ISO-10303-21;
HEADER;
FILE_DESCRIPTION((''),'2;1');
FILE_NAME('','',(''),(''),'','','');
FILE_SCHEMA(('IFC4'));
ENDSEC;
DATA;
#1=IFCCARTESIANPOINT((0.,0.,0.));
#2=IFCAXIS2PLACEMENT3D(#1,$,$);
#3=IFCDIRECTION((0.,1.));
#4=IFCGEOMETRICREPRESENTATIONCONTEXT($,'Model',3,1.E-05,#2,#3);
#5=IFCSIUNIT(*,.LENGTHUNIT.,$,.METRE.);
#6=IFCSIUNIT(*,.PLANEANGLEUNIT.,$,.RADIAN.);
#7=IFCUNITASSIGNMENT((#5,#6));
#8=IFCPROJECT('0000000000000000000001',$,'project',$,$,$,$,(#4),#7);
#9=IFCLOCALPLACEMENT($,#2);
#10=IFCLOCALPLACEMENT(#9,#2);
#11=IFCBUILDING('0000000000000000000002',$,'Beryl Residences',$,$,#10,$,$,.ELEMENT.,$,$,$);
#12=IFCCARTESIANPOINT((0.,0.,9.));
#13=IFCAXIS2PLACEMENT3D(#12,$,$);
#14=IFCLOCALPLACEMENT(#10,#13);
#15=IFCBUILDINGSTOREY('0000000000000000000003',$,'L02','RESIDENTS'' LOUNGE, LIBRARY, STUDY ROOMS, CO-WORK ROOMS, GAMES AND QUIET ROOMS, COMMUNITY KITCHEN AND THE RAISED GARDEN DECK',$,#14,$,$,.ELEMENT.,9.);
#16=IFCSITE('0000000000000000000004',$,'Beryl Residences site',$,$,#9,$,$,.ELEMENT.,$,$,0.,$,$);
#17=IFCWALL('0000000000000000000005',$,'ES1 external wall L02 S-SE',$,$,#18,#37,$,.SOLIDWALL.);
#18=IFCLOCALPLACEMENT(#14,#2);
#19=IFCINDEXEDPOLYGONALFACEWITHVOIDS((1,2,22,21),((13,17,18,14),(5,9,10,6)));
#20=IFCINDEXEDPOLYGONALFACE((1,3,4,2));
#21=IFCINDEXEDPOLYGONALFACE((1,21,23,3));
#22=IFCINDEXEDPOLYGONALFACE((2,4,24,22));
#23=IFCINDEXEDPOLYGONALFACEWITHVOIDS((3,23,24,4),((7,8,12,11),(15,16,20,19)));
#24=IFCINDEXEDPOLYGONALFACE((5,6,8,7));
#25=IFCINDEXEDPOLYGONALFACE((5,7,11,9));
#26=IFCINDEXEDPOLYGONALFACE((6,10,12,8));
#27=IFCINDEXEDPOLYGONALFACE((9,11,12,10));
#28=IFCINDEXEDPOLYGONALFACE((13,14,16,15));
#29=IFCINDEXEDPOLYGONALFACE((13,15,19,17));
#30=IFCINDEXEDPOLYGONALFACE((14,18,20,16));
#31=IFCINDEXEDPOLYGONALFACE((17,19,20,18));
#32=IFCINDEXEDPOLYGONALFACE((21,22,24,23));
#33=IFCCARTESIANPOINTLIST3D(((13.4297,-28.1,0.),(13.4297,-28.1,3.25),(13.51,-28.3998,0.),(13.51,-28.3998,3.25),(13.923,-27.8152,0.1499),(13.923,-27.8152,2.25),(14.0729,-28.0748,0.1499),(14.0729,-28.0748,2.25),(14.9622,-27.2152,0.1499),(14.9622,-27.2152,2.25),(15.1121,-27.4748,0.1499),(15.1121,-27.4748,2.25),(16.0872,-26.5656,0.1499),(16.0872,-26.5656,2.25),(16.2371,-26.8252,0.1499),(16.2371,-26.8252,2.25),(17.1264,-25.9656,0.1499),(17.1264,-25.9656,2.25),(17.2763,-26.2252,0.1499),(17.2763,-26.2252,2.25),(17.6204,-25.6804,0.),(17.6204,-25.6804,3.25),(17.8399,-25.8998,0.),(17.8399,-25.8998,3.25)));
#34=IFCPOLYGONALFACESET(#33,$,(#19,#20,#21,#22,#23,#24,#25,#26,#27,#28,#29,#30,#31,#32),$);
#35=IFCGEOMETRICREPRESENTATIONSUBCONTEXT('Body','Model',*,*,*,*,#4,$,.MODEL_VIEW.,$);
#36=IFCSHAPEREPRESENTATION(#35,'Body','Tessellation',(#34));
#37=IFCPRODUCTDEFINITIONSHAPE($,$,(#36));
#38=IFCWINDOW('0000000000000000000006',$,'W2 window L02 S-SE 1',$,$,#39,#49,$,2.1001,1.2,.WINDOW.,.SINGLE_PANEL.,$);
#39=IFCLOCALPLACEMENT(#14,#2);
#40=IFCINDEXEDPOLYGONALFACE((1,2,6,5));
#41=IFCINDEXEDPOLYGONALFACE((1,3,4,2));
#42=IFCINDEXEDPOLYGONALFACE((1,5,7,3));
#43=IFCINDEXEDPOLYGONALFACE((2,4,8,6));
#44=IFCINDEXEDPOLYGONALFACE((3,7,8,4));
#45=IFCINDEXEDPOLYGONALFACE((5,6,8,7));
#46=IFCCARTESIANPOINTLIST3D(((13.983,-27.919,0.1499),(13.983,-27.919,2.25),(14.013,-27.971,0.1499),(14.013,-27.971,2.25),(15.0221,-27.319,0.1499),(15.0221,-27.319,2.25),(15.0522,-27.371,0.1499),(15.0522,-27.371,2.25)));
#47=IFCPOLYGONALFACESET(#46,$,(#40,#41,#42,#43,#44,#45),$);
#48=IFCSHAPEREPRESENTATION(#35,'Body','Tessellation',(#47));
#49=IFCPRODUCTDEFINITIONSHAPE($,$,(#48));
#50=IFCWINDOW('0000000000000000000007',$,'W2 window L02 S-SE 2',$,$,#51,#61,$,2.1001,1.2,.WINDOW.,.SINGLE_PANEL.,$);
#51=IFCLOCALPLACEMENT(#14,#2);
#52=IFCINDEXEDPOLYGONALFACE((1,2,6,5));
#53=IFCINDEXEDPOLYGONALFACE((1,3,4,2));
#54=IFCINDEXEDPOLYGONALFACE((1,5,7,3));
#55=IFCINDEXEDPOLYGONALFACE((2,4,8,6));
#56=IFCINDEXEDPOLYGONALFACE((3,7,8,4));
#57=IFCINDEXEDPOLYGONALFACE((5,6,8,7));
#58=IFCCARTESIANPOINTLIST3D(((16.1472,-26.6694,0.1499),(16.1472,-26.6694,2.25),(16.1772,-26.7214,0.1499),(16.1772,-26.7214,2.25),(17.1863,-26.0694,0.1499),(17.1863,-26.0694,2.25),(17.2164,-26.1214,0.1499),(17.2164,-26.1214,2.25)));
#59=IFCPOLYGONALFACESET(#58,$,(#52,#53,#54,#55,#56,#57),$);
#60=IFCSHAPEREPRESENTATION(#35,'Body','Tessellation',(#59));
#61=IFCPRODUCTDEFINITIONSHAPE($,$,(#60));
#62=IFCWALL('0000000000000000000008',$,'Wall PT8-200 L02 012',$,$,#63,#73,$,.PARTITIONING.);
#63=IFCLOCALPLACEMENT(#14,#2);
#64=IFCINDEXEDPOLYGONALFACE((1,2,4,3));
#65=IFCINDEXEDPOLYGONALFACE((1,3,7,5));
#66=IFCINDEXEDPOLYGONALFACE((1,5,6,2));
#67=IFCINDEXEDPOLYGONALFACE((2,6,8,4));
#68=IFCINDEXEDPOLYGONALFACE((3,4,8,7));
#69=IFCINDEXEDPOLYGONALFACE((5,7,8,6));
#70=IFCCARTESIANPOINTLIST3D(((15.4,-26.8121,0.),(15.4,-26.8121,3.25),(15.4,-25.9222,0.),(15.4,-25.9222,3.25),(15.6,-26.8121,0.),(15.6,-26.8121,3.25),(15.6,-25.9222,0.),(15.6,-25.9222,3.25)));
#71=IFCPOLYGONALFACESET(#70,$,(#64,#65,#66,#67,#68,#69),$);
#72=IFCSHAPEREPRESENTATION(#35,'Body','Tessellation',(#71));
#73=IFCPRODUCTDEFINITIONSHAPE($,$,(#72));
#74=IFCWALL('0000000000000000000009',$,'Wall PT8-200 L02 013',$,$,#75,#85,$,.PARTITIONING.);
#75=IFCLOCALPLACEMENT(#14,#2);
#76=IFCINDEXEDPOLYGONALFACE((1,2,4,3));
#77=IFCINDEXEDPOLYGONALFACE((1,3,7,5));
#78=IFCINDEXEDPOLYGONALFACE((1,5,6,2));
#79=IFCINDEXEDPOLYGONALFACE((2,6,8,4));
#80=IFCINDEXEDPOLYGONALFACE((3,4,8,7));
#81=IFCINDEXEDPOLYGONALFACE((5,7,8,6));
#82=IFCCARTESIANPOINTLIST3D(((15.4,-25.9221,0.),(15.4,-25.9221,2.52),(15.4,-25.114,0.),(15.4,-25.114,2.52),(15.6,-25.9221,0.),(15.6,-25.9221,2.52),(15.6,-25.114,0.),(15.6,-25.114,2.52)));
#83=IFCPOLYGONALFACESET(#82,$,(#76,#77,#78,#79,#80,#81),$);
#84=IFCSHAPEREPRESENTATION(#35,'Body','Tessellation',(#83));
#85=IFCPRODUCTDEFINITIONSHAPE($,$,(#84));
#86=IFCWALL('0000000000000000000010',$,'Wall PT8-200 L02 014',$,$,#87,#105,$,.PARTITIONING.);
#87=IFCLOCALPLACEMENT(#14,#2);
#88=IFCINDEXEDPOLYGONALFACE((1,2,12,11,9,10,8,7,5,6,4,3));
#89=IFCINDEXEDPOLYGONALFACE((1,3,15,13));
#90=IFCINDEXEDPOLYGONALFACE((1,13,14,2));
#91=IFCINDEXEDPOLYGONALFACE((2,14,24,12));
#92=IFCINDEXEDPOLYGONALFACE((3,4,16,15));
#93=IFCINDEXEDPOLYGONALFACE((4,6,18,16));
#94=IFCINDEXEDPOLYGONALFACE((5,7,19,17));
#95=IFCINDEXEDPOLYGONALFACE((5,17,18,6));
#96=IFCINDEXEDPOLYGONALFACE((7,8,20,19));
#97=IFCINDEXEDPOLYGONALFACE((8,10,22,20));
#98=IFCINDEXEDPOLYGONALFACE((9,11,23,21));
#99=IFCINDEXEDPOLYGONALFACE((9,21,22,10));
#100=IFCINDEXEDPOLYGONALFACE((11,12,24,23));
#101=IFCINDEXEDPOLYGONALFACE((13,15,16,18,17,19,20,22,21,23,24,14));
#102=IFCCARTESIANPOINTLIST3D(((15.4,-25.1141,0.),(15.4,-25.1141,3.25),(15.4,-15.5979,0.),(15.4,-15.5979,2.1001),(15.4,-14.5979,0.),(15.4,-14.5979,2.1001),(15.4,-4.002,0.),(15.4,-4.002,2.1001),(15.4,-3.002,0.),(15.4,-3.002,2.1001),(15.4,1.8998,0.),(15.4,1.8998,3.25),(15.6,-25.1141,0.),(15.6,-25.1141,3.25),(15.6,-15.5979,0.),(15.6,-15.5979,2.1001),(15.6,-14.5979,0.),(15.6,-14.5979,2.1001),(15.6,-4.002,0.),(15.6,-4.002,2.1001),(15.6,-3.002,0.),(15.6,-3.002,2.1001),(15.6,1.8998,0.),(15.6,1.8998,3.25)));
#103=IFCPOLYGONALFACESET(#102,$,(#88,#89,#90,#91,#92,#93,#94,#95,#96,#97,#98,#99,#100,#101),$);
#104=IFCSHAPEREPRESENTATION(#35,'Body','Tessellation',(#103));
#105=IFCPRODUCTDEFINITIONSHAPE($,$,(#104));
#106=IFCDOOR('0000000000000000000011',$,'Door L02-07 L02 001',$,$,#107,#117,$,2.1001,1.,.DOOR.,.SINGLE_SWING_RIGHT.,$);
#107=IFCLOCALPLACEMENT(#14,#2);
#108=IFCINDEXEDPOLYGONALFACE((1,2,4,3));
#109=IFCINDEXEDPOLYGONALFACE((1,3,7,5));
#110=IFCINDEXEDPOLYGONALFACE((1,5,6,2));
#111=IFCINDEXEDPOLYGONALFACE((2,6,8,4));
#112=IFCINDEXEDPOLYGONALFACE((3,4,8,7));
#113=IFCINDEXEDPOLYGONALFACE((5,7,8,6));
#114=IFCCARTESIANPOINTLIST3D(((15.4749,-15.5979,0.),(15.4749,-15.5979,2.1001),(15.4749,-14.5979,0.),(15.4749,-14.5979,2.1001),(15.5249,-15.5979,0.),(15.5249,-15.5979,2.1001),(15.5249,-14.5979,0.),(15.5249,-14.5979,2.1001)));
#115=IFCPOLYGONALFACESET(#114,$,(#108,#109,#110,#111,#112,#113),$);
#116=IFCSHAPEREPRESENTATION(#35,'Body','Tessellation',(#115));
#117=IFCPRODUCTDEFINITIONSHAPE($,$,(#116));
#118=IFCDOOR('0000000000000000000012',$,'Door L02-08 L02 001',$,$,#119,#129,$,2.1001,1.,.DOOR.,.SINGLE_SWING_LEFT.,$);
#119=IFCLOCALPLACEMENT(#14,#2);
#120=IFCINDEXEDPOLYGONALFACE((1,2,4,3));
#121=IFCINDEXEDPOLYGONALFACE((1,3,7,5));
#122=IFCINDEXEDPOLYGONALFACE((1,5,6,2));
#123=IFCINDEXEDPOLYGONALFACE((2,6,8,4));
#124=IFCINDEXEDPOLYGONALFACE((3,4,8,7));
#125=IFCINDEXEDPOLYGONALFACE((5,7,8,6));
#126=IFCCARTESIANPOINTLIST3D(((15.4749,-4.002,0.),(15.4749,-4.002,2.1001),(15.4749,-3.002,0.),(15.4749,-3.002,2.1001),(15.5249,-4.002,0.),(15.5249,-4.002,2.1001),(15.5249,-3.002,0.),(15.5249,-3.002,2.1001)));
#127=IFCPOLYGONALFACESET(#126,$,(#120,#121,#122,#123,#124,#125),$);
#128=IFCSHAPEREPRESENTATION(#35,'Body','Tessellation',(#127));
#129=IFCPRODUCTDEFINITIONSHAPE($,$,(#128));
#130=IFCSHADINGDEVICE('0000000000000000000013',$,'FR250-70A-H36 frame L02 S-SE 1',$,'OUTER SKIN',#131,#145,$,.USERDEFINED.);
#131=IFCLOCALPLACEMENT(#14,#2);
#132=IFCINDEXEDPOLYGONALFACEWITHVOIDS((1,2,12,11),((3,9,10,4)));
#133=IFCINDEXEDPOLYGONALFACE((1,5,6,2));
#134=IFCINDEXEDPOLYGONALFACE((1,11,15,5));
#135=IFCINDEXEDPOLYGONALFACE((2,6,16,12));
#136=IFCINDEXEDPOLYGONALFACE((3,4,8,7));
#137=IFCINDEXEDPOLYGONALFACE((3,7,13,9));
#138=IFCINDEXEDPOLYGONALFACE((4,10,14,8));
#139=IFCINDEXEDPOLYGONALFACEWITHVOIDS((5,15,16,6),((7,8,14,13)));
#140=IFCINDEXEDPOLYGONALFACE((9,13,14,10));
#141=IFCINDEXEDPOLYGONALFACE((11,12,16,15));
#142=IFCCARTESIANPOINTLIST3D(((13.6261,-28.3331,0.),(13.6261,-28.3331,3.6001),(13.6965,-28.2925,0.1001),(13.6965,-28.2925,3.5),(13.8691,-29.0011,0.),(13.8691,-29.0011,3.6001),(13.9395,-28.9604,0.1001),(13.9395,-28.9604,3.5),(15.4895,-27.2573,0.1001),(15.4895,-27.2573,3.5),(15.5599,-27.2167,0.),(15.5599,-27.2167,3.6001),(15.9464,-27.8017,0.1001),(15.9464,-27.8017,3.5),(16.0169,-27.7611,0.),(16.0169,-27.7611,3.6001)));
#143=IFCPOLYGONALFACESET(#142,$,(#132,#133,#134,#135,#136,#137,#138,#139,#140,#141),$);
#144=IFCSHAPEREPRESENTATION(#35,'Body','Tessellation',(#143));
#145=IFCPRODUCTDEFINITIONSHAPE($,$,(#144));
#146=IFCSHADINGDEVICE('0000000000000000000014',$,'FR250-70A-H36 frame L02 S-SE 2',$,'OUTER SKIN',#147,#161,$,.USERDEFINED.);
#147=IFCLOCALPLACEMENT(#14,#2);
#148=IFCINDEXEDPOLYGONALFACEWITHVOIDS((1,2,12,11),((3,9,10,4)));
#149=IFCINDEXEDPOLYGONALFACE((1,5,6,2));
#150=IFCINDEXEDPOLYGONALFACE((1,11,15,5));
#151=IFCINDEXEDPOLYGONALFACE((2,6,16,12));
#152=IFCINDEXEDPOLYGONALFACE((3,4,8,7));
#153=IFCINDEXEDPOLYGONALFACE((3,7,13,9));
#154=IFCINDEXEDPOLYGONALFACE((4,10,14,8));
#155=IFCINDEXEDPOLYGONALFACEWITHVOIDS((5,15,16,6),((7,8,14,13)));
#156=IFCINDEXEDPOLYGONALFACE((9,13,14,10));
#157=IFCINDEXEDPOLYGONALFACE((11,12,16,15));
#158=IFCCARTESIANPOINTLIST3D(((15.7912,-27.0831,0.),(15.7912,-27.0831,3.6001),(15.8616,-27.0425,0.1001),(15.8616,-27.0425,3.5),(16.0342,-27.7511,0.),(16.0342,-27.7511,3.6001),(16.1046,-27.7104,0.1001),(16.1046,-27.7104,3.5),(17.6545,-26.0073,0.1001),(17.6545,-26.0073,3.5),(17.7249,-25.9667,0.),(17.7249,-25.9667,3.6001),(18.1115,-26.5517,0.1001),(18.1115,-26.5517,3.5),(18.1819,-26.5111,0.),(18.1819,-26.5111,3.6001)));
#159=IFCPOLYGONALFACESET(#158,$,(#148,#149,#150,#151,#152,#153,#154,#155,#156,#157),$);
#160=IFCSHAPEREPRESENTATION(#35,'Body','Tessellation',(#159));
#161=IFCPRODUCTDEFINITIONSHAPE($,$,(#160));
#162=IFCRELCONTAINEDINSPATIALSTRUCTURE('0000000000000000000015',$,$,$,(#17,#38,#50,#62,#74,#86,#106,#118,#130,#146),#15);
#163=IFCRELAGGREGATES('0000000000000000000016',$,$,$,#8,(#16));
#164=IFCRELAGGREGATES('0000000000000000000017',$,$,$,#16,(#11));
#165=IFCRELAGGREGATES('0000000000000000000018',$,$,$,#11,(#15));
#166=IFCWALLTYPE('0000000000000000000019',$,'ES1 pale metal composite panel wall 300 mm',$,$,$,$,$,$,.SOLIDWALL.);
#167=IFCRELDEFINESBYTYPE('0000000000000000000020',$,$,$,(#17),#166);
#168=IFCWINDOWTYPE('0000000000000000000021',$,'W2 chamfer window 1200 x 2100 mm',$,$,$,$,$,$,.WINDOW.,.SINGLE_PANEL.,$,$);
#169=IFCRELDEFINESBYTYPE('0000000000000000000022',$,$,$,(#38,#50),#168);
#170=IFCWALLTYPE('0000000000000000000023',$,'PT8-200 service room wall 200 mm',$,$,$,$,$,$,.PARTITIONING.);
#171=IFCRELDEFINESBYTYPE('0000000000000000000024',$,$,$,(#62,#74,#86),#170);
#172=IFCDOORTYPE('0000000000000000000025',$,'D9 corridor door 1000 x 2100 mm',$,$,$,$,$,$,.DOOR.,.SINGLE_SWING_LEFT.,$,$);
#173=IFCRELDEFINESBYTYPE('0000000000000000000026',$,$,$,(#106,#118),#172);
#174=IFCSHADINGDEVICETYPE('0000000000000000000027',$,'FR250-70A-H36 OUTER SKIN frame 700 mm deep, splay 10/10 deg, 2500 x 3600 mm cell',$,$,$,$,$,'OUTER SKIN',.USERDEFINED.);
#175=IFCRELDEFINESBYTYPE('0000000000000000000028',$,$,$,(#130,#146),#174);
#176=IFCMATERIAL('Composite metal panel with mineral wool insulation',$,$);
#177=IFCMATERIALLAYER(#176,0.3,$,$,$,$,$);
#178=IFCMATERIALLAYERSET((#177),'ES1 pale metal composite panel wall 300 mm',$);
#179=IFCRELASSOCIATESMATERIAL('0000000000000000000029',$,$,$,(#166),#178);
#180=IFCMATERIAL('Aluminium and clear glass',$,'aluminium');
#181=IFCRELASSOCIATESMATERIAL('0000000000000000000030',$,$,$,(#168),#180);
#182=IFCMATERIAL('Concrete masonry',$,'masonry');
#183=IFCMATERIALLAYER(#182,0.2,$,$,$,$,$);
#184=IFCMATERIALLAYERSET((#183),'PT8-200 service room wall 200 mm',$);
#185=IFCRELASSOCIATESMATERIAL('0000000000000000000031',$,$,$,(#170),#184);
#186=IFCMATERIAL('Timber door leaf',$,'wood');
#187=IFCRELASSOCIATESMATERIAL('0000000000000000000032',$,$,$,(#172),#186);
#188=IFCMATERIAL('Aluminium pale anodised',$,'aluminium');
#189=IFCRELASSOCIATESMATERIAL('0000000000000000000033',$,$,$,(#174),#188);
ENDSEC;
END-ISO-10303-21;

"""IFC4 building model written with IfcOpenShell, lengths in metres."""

from ifc_helpers import new_model, entity, si_unit, direction, frame, frame_2d, origin, place, context, subcontext, project, spatial, polyline, rectangle, outline, extrude, source, transform, mapped, material, layer, layer_set, type_object, type_shapes, element, fill, save


model = new_model("IFC4")

# Units and contexts
model_context = context("Model", 3, precision=1e-05, world=origin(), true_north=direction((0.0, 1.0)))
body_context = subcontext(model_context, "Body", "Model", "MODEL_VIEW")
ifc_project = project(units=[si_unit("LENGTHUNIT", "METRE"), si_unit("PLANEANGLEUNIT", "RADIAN")], contexts=[model_context])

# Site, building, storey
site_placement = place(None, origin())
site = spatial("IfcSite", under=ifc_project, at=site_placement, Name="Beryl Residences site", CompositionType="ELEMENT", RefElevation=0.0)
building_placement = place(site_placement, origin())
building = spatial("IfcBuilding", under=site, at=building_placement, Name="Beryl Residences", CompositionType="ELEMENT")
storey_placement = place(building_placement, frame((0.0, 0.0, 9.0)))
storey = spatial("IfcBuildingStorey", under=building, at=storey_placement, Name="L02", Description="RESIDENTS' LOUNGE, LIBRARY, STUDY ROOMS, CO-WORK ROOMS, GAMES AND QUIET ROOMS, COMMUNITY KITCHEN AND THE RAISED GARDEN DECK", CompositionType="ELEMENT", Elevation=9.0)

# Wall, openings, windows
ifc_material_1 = material(Name="Composite metal panel with mineral wool insulation")
ifc_layer_1 = layer(ifc_material_1, 0.3)
ifc_layer_set_1 = layer_set([ifc_layer_1], Name="ES1 pale metal composite panel wall 300 mm")
wall_type_1 = type_object("IfcWallType", Name="ES1 pale metal composite panel wall 300 mm", PredefinedType="SOLIDWALL", material=ifc_layer_set_1)
wall_1_placement = place(storey_placement, frame((13.4351, -28.27, 0.0), z_axis=(0.0, 0.0, 1.0), x_axis=(0.866011, 0.500025, 0.0)))
wall_1 = element("IfcWall", 1, at=wall_1_placement, inside=storey, type_object=wall_type_1, Name="ES1 external wall L02 S-SE", PredefinedType="SOLIDWALL", context=body_context, shape_type="SweptSolid", body=[
    extrude(outline(polyline([(0.0, -0.1499), (4.9998, -0.1499), (4.9194, 0.1499), (0.0803, 0.1499), (0.0, -0.1499)])), origin(), (0.0, 0.0, 1.0), 3.25),
])
opening_1_placement = place(wall_1_placement, frame((0.6499, 0.0, 0.1499)))
opening_1 = element("IfcOpeningElement", 2, at=opening_1_placement, cuts=wall_1, PredefinedType="OPENING", context=body_context, shape_type="SweptSolid", body=[
    extrude(rectangle(XDim=1.2, YDim=2.1001, at=frame_2d((0.6001, 1.05))), frame((0.0, 0.1599, 0.0), z_axis=(0.0, -1.0, 0.0), x_axis=(1.0, 0.0, 0.0)), (0.0, 0.0, 1.0), 0.3201),
])
opening_2_placement = place(wall_1_placement, frame((3.1489, 0.0, 0.1499)))
opening_2 = element("IfcOpeningElement", 3, at=opening_2_placement, cuts=wall_1, PredefinedType="OPENING", context=body_context, shape_type="SweptSolid", body=[
    extrude(rectangle(XDim=1.2, YDim=2.1001, at=frame_2d((0.6001, 1.05))), frame((0.0, 0.1599, 0.0), z_axis=(0.0, -1.0, 0.0), x_axis=(1.0, 0.0, 0.0)), (0.0, 0.0, 1.0), 0.3201),
])
ifc_material_2 = material(Name="Aluminium and clear glass", Category="aluminium")
window_type = type_object("IfcWindowType", Name="W2 chamfer window 1200 x 2100 mm", PartitioningType="SINGLE_PANEL", PredefinedType="WINDOW", material=ifc_material_2)
window_1_placement = place(opening_1_placement, origin())
window_1 = element("IfcWindow", 4, at=window_1_placement, inside=storey, type_object=window_type, Name="W2 window L02 S-SE 1", OverallHeight=2.1001, OverallWidth=1.2, PartitioningType="SINGLE_PANEL", PredefinedType="WINDOW", context=body_context, shape_type="SweptSolid", body=[
    extrude(rectangle(XDim=1.2, YDim=2.1001, at=frame_2d((0.6001, 1.05))), frame((0.0, 0.03, 0.0), z_axis=(0.0, -1.0, 0.0), x_axis=(1.0, 0.0, 0.0)), (0.0, 0.0, 1.0), 0.0601),
])
fill(opening_1, window_1)
window_2_placement = place(opening_2_placement, origin())
window_2 = element("IfcWindow", 5, at=window_2_placement, inside=storey, type_object=window_type, Name="W2 window L02 S-SE 2", OverallHeight=2.1001, OverallWidth=1.2, PartitioningType="SINGLE_PANEL", PredefinedType="WINDOW", context=body_context, shape_type="SweptSolid", body=[
    extrude(rectangle(XDim=1.2, YDim=2.1001, at=frame_2d((0.6001, 1.05))), frame((0.0, 0.03, 0.0), z_axis=(0.0, -1.0, 0.0), x_axis=(1.0, 0.0, 0.0)), (0.0, 0.0, 1.0), 0.0601),
])
fill(opening_2, window_2)

# Walls
ifc_material_3 = material(Name="Concrete masonry", Category="masonry")
ifc_layer_2 = layer(ifc_material_3, 0.2)
ifc_layer_set_2 = layer_set([ifc_layer_2], Name="PT8-200 service room wall 200 mm")
wall_type_2 = type_object("IfcWallType", Name="PT8-200 service room wall 200 mm", PredefinedType="PARTITIONING", material=ifc_layer_set_2)
wall_2_placement = place(storey_placement, frame((15.5, -26.812, 0.0), z_axis=(0.0, 0.0, 1.0), x_axis=(0.0, 1.0, 0.0)))
element("IfcWall", 6, at=wall_2_placement, inside=storey, type_object=wall_type_2, Name="Wall PT8-200 L02 012", PredefinedType="PARTITIONING", context=body_context, shape_type="SweptSolid", body=[
    extrude(rectangle(XDim=0.8899, YDim=0.2, at=frame_2d((0.4448, 0.0))), origin(), (0.0, 0.0, 1.0), 3.25),
])
wall_3_placement = place(storey_placement, frame((15.5, -25.9221, 0.0), z_axis=(0.0, 0.0, 1.0), x_axis=(0.0, 1.0, 0.0)))
element("IfcWall", 7, at=wall_3_placement, inside=storey, type_object=wall_type_2, Name="Wall PT8-200 L02 013", PredefinedType="PARTITIONING", context=body_context, shape_type="SweptSolid", body=[
    extrude(rectangle(XDim=0.8081, YDim=0.2, at=frame_2d((0.4041, 0.0))), origin(), (0.0, 0.0, 1.0), 2.52),
])

# Wall, openings, doors
wall_4_placement = place(storey_placement, frame((15.5, -25.114, 0.0), z_axis=(0.0, 0.0, 1.0), x_axis=(0.0, 1.0, 0.0)))
wall_4 = element("IfcWall", 8, at=wall_4_placement, inside=storey, type_object=wall_type_2, Name="Wall PT8-200 L02 014", PredefinedType="PARTITIONING", context=body_context, shape_type="SweptSolid", body=[
    extrude(rectangle(XDim=27.0139, YDim=0.2, at=frame_2d((13.5068, 0.0))), origin(), (0.0, 0.0, 1.0), 3.25),
])
opening_3_placement = place(wall_4_placement, frame((10.5161, 0.0, 0.0), z_axis=(0.0, 0.0, 1.0), x_axis=(-1.0, 0.0, 0.0)))
opening_3 = element("IfcOpeningElement", 9, at=opening_3_placement, cuts=wall_4, PredefinedType="OPENING", context=body_context, shape_type="SweptSolid", body=[
    extrude(rectangle(XDim=1.0, YDim=2.1001, at=frame_2d((0.5, 1.05))), frame((0.0, 0.1099, 0.0), z_axis=(0.0, -1.0, 0.0), x_axis=(1.0, 0.0, 0.0)), (0.0, 0.0, 1.0), 0.22),
])
opening_4_placement = place(wall_4_placement, frame((22.1121, 0.0, 0.0), z_axis=(0.0, 0.0, 1.0), x_axis=(-1.0, 0.0, 0.0)))
opening_4 = element("IfcOpeningElement", 10, at=opening_4_placement, cuts=wall_4, PredefinedType="OPENING", context=body_context, shape_type="SweptSolid", body=[
    extrude(rectangle(XDim=1.0, YDim=2.1001, at=frame_2d((0.5, 1.05))), frame((0.0, 0.1099, 0.0), z_axis=(0.0, -1.0, 0.0), x_axis=(1.0, 0.0, 0.0)), (0.0, 0.0, 1.0), 0.22),
])
ifc_material_4 = material(Name="Timber door leaf", Category="wood")
door_type = type_object("IfcDoorType", Name="D9 corridor door 1000 x 2100 mm", OperationType="SINGLE_SWING_LEFT", PredefinedType="DOOR", material=ifc_material_4)
door_1_placement = place(opening_3_placement, origin())
door_1 = element("IfcDoor", 11, at=door_1_placement, inside=storey, type_object=door_type, Name="Door L02-07 L02 001", OperationType="SINGLE_SWING_RIGHT", OverallHeight=2.1001, OverallWidth=1.0, PredefinedType="DOOR", context=body_context, shape_type="SweptSolid", body=[
    extrude(rectangle(XDim=1.0, YDim=2.1001, at=frame_2d((0.5, 1.05))), frame((0.0, 0.0249, 0.0), z_axis=(0.0, -1.0, 0.0), x_axis=(1.0, 0.0, 0.0)), (0.0, 0.0, 1.0), 0.05),
])
fill(opening_3, door_1)
door_2_placement = place(opening_4_placement, origin())
door_2 = element("IfcDoor", 12, at=door_2_placement, inside=storey, type_object=door_type, Name="Door L02-08 L02 001", OperationType="SINGLE_SWING_LEFT", OverallHeight=2.1001, OverallWidth=1.0, PredefinedType="DOOR", context=body_context, shape_type="SweptSolid", body=[
    extrude(rectangle(XDim=1.0, YDim=2.1001, at=frame_2d((0.5, 1.05))), frame((0.0, 0.0249, 0.0), z_axis=(0.0, -1.0, 0.0), x_axis=(1.0, 0.0, 0.0)), (0.0, 0.0, 1.0), 0.05),
])
fill(opening_4, door_2)

# Shading devices
ifc_material_5 = material(Name="Aluminium pale anodised", Category="aluminium")
shading_device_type_1 = type_object("IfcShadingDeviceType", Name="FR250-70A-H36 OUTER SKIN frame 700 mm deep, splay 10/10 deg, 2500 x 3600 mm cell", ElementType="OUTER SKIN", PredefinedType="USERDEFINED", material=ifc_material_5)
cartesian_point_1 = entity("IfcCartesianPoint", [-1.1165, 0.0])
cartesian_point_2 = entity("IfcCartesianPoint", [-1.0352, 0.1001])
cartesian_point_3 = entity("IfcCartesianPoint", [-1.24, 0.0])
cartesian_point_4 = entity("IfcCartesianPoint", [-1.1587, 0.1001])
shared_shape_1 = source(origin(), body_context, "Body", "SweptSolid", [
    entity("IfcExtrudedAreaSolidTapered", entity("IfcArbitraryProfileDefWithVoids", "AREA", None, entity("IfcPolyline", [cartesian_point_1, entity("IfcCartesianPoint", [1.1165, 0.0]), entity("IfcCartesianPoint", [1.1165, 3.6001]), entity("IfcCartesianPoint", [-1.1165, 3.6001]), cartesian_point_1]), [entity("IfcPolyline", [cartesian_point_2, entity("IfcCartesianPoint", [1.0352, 0.1001]), entity("IfcCartesianPoint", [1.0352, 3.5]), entity("IfcCartesianPoint", [-1.0352, 3.5]), cartesian_point_2])]), entity("IfcAxis2Placement3D", entity("IfcCartesianPoint", [0.0, 0.0, 0.0]), entity("IfcDirection", [0.0, 1.0, 0.0]), entity("IfcDirection", [-1.0, 0.0, 0.0])), entity("IfcDirection", [0.0, 0.0, 1.0]), 0.7, entity("IfcArbitraryProfileDefWithVoids", "AREA", None, entity("IfcPolyline", [cartesian_point_3, entity("IfcCartesianPoint", [1.24, 0.0]), entity("IfcCartesianPoint", [1.24, 3.6001]), entity("IfcCartesianPoint", [-1.24, 3.6001]), cartesian_point_3]), [entity("IfcPolyline", [cartesian_point_4, entity("IfcCartesianPoint", [1.1587, 0.1001]), entity("IfcCartesianPoint", [1.1587, 3.5]), entity("IfcCartesianPoint", [-1.1587, 3.5]), cartesian_point_4])])),
])
type_shapes(shading_device_type_1, [shared_shape_1])
for number, where, z_axis, x_axis, name in (
    (13, (14.593, -27.7749, 0.0), (0.0, 0.0, 1.0), (-0.866025, -0.5, 0.0), "FR250-70A-H36 frame L02 S-SE 1"),
    (14, (16.7581, -26.5249, 0.0), (0.0, 0.0, 1.0), (-0.866025, -0.5, 0.0), "FR250-70A-H36 frame L02 S-SE 2"),
):
    element("IfcShadingDevice", number, at=place(storey_placement, frame(where, z_axis=z_axis, x_axis=x_axis)), inside=storey, type_object=shading_device_type_1, Name=name, ObjectType="OUTER SKIN", PredefinedType="USERDEFINED", context=body_context, shape_type="MappedRepresentation", body=[
        mapped(shared_shape_1, transform((0.0, 0.0, 0.0))),
    ])

save(model, "model.ifc")
